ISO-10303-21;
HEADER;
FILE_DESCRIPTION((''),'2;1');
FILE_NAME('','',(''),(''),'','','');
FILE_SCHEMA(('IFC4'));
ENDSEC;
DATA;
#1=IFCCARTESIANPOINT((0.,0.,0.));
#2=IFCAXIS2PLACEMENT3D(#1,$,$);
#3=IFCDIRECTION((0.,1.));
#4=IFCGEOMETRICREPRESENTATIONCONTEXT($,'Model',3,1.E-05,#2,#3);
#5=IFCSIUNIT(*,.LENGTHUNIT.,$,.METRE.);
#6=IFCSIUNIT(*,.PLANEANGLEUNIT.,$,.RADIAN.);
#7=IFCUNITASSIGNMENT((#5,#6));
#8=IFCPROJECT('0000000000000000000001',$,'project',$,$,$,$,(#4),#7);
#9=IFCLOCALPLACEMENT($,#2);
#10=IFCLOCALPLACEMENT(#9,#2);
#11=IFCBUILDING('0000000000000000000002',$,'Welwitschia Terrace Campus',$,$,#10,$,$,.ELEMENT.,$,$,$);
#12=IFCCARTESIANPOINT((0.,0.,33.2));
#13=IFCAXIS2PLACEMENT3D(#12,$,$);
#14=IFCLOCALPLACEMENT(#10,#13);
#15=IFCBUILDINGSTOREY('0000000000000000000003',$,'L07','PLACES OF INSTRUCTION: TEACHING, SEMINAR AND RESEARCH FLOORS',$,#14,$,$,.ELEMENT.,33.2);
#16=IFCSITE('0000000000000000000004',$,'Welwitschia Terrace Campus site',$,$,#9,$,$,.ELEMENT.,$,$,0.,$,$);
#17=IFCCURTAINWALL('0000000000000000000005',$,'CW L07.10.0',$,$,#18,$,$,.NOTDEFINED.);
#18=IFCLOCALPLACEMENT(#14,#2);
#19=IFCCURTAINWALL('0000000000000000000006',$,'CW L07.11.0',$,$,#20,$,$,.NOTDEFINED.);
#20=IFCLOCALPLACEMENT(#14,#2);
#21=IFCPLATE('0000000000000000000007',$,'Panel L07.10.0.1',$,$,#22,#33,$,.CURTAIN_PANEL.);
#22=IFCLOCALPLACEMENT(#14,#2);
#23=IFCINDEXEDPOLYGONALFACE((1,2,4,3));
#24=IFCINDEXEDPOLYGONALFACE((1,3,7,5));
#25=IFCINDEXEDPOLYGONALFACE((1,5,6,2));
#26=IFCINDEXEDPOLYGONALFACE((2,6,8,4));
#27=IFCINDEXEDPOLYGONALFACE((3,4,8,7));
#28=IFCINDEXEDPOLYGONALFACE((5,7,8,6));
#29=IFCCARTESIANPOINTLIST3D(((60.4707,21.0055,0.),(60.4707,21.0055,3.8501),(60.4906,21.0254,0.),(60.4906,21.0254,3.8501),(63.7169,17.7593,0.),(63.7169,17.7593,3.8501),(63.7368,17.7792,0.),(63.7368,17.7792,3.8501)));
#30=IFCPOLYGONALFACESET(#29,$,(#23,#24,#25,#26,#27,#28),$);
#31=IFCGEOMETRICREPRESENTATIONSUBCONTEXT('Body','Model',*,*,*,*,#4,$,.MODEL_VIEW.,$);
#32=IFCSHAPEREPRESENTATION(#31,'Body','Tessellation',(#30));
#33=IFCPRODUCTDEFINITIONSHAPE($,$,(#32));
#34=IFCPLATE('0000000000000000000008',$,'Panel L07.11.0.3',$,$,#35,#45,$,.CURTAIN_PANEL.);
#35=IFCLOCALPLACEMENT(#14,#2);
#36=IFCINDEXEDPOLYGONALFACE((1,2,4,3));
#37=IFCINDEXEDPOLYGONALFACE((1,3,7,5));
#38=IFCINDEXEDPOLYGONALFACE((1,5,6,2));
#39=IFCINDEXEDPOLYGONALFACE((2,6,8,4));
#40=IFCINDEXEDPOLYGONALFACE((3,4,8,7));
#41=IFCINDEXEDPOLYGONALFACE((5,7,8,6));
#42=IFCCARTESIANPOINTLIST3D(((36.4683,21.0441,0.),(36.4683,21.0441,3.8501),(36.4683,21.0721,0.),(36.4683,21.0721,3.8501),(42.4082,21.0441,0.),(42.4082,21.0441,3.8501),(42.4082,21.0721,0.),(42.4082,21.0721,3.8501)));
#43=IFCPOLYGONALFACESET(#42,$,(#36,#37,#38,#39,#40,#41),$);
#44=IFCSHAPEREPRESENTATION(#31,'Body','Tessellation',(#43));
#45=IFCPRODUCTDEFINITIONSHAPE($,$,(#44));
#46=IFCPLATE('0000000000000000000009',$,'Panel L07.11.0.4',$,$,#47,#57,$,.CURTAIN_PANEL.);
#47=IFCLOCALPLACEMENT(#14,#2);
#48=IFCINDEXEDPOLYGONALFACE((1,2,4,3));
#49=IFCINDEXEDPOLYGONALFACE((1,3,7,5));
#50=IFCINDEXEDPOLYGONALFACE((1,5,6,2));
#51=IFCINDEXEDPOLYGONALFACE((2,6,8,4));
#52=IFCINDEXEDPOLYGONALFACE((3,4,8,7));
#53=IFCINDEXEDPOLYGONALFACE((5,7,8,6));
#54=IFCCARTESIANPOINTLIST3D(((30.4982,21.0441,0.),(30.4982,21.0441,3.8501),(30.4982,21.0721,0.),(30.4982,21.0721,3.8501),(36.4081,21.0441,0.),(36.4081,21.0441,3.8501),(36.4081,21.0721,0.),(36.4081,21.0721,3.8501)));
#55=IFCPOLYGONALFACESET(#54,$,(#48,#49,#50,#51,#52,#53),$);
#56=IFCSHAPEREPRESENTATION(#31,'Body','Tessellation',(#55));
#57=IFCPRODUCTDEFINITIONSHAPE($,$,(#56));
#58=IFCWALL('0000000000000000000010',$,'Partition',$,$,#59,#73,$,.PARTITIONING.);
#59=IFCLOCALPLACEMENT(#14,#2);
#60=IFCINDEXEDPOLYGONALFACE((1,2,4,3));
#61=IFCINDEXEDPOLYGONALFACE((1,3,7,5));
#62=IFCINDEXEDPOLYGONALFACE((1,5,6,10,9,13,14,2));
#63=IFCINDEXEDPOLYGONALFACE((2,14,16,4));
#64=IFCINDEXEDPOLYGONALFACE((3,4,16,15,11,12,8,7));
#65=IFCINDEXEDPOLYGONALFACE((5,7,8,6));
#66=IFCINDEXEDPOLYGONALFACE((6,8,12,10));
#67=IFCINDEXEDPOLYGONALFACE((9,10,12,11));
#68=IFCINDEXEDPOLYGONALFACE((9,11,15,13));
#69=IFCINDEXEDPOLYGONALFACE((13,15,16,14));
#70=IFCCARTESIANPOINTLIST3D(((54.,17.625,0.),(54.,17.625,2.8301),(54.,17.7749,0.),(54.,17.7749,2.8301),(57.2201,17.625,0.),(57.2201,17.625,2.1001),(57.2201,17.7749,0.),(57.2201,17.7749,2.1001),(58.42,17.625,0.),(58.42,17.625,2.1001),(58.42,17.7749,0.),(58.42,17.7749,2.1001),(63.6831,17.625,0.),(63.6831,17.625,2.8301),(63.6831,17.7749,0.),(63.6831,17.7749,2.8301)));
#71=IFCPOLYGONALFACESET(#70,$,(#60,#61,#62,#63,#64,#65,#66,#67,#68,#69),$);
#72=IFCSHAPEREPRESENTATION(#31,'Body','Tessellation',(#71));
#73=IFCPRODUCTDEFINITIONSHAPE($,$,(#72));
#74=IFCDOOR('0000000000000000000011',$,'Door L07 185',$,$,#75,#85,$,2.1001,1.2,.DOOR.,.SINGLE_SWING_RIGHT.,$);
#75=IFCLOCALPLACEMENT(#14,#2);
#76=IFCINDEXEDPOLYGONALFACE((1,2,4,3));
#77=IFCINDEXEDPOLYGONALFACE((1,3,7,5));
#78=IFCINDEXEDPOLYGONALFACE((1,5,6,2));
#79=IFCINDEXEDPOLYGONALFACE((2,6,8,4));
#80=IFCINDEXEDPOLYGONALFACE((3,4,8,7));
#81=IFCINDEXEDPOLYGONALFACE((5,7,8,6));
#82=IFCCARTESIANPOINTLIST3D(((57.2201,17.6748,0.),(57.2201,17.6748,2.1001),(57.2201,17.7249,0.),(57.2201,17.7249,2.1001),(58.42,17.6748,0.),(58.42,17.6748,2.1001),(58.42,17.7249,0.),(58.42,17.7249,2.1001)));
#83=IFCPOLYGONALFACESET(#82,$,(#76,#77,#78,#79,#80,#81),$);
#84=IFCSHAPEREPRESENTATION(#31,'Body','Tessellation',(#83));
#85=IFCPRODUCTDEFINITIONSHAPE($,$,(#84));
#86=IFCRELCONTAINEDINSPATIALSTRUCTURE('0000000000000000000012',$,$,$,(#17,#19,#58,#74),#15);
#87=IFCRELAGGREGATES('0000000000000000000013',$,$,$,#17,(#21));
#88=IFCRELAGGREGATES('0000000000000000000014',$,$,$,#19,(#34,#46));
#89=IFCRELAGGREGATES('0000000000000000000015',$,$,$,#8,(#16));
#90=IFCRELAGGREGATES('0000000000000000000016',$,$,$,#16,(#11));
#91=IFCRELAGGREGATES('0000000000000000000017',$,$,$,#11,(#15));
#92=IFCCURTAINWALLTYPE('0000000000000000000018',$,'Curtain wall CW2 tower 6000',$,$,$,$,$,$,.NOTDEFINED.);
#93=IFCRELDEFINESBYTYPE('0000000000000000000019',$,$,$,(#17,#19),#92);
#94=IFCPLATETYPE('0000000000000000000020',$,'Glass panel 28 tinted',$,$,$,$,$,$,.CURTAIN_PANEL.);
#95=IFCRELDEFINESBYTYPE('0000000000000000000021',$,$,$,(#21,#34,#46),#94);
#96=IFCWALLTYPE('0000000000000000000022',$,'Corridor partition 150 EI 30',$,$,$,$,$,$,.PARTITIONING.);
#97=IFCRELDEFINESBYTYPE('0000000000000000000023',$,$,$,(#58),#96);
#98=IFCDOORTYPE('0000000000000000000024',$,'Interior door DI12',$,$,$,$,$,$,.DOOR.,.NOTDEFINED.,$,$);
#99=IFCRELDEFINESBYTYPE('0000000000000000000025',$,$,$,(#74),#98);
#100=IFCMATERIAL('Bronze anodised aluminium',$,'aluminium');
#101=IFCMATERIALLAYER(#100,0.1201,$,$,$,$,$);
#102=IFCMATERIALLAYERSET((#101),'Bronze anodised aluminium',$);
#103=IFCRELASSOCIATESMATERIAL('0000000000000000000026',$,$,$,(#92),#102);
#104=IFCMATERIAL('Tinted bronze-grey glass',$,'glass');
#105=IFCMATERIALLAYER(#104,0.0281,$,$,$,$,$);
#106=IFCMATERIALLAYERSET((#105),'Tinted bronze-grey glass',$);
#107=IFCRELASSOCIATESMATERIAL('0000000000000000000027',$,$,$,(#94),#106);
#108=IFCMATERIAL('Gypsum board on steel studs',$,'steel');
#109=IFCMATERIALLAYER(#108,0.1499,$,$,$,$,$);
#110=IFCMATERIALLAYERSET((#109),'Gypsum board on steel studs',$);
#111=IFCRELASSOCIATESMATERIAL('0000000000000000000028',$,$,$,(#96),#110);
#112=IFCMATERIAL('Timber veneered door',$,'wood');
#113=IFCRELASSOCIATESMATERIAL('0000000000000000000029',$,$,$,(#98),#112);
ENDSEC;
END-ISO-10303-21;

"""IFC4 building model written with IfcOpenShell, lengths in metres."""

from ifc_helpers import new_model, si_unit, direction, frame, frame_2d, origin, origin_2d, place, context, subcontext, project, spatial, rectangle, extrude, material, layer, layer_set, type_object, element, fill, aggregate, save


model = new_model("IFC4")

# Units and contexts
model_context = context("Model", 3, precision=1e-05, world=origin(), true_north=direction((0.0, 1.0)))
body_context = subcontext(model_context, "Body", "Model", "MODEL_VIEW")
ifc_project = project(units=[si_unit("LENGTHUNIT", "METRE"), si_unit("PLANEANGLEUNIT", "RADIAN")], contexts=[model_context])

# Site, building, storey
site_placement = place(None, origin())
site = spatial("IfcSite", under=ifc_project, at=site_placement, Name="Welwitschia Terrace Campus site", CompositionType="ELEMENT", RefElevation=0.0)
building_placement = place(site_placement, origin())
building = spatial("IfcBuilding", under=site, at=building_placement, Name="Welwitschia Terrace Campus", CompositionType="ELEMENT")
storey_placement = place(building_placement, frame((0.0, 0.0, 33.2)))
storey = spatial("IfcBuildingStorey", under=building, at=storey_placement, Name="L07", Description="PLACES OF INSTRUCTION: TEACHING, SEMINAR AND RESEARCH FLOORS", CompositionType="ELEMENT", Elevation=33.2)

# Curtain walls
ifc_material_1 = material(Name="Bronze anodised aluminium", Category="aluminium")
ifc_layer_1 = layer(ifc_material_1, 0.1201)
ifc_layer_set_1 = layer_set([ifc_layer_1], Name="Bronze anodised aluminium")
curtain_wall_type = type_object("IfcCurtainWallType", Name="Curtain wall CW2 tower 6000", PredefinedType="NOTDEFINED", material=ifc_layer_set_1)
curtain_wall_1_placement = place(storey_placement, origin())
curtain_wall_1 = element("IfcCurtainWall", 1, at=curtain_wall_1_placement, inside=storey, type_object=curtain_wall_type, Name="CW L07.10.0", PredefinedType="NOTDEFINED")
curtain_wall_2_placement = place(storey_placement, origin())
curtain_wall_2 = element("IfcCurtainWall", 2, at=curtain_wall_2_placement, inside=storey, type_object=curtain_wall_type, Name="CW L07.11.0", PredefinedType="NOTDEFINED")

# Plates
ifc_material_2 = material(Name="Tinted bronze-grey glass", Category="glass")
ifc_layer_2 = layer(ifc_material_2, 0.0281)
ifc_layer_set_2 = layer_set([ifc_layer_2], Name="Tinted bronze-grey glass")
plate_type = type_object("IfcPlateType", Name="Glass panel 28 tinted", PredefinedType="CURTAIN_PANEL", material=ifc_layer_set_2)
plate_1_placement = place(storey_placement, frame((62.1038, 19.3923, 0.0), z_axis=(0.0, 0.0, 1.0), x_axis=(-0.707107, 0.707107, 0.0)))
plate_1 = element("IfcPlate", 3, at=plate_1_placement, type_object=plate_type, Name="Panel L07.10.0.1", PredefinedType="CURTAIN_PANEL", context=body_context, shape_type="SweptSolid", body=[
    extrude(rectangle(XDim=4.5908, YDim=0.0281, at=origin_2d()), origin(), (0.0, 0.0, 1.0), 3.8501),
])
aggregate(curtain_wall_1, [plate_1])
plate_2_placement = place(storey_placement, frame((39.4382, 21.0581, 0.0), z_axis=(0.0, 0.0, 1.0), x_axis=(-1.0, 0.0, 0.0)))
plate_2 = element("IfcPlate", 4, at=plate_2_placement, type_object=plate_type, Name="Panel L07.11.0.3", PredefinedType="CURTAIN_PANEL", context=body_context, shape_type="SweptSolid", body=[
    extrude(rectangle(XDim=5.9399, YDim=0.0281, at=origin_2d()), origin(), (0.0, 0.0, 1.0), 3.8501),
])
plate_3_placement = place(storey_placement, frame((33.4531, 21.0581, 0.0), z_axis=(0.0, 0.0, 1.0), x_axis=(-1.0, 0.0, 0.0)))
plate_3 = element("IfcPlate", 5, at=plate_3_placement, type_object=plate_type, Name="Panel L07.11.0.4", PredefinedType="CURTAIN_PANEL", context=body_context, shape_type="SweptSolid", body=[
    extrude(rectangle(XDim=5.9099, YDim=0.0281, at=origin_2d()), origin(), (0.0, 0.0, 1.0), 3.8501),
])
aggregate(curtain_wall_2, [plate_2, plate_3])

# Wall, opening, door
ifc_material_3 = material(Name="Gypsum board on steel studs", Category="steel")
ifc_layer_3 = layer(ifc_material_3, 0.1499)
ifc_layer_set_3 = layer_set([ifc_layer_3], Name="Gypsum board on steel studs")
wall_type = type_object("IfcWallType", Name="Corridor partition 150 EI 30", PredefinedType="PARTITIONING", material=ifc_layer_set_3)
wall_placement = place(storey_placement, frame((54.0, 17.7, 0.0), z_axis=(0.0, 0.0, 1.0), x_axis=(1.0, 0.0, 0.0)))
wall = element("IfcWall", 6, at=wall_placement, inside=storey, type_object=wall_type, Name="Partition", PredefinedType="PARTITIONING", context=body_context, shape_type="SweptSolid", body=[
    extrude(rectangle(XDim=9.6831, YDim=0.1499, at=frame_2d((4.8416, 0.0))), origin(), (0.0, 0.0, 1.0), 2.8301),
])
opening_placement = place(wall_placement, frame((3.22, 0.0, 0.0)))
opening = element("IfcOpeningElement", 7, at=opening_placement, cuts=wall, PredefinedType="OPENING", context=body_context, shape_type="SweptSolid", body=[
    extrude(rectangle(XDim=1.2, YDim=2.1001, at=frame_2d((0.6001, 1.05))), frame((0.0, 0.085, 0.0), z_axis=(0.0, -1.0, 0.0), x_axis=(1.0, 0.0, 0.0)), (0.0, 0.0, 1.0), 0.1699),
])
ifc_material_4 = material(Name="Timber veneered door", Category="wood")
door_type = type_object("IfcDoorType", Name="Interior door DI12", OperationType="NOTDEFINED", PredefinedType="DOOR", material=ifc_material_4)
door_placement = place(opening_placement, origin())
door = element("IfcDoor", 8, at=door_placement, inside=storey, type_object=door_type, Name="Door L07 185", OperationType="SINGLE_SWING_RIGHT", OverallHeight=2.1001, OverallWidth=1.2, PredefinedType="DOOR", context=body_context, shape_type="SweptSolid", body=[
    extrude(rectangle(XDim=1.2, YDim=2.1001, at=frame_2d((0.6001, 1.05))), frame((0.0, 0.0249, 0.0), z_axis=(0.0, -1.0, 0.0), x_axis=(1.0, 0.0, 0.0)), (0.0, 0.0, 1.0), 0.05),
])
fill(opening, door)

save(model, "model.ifc")
